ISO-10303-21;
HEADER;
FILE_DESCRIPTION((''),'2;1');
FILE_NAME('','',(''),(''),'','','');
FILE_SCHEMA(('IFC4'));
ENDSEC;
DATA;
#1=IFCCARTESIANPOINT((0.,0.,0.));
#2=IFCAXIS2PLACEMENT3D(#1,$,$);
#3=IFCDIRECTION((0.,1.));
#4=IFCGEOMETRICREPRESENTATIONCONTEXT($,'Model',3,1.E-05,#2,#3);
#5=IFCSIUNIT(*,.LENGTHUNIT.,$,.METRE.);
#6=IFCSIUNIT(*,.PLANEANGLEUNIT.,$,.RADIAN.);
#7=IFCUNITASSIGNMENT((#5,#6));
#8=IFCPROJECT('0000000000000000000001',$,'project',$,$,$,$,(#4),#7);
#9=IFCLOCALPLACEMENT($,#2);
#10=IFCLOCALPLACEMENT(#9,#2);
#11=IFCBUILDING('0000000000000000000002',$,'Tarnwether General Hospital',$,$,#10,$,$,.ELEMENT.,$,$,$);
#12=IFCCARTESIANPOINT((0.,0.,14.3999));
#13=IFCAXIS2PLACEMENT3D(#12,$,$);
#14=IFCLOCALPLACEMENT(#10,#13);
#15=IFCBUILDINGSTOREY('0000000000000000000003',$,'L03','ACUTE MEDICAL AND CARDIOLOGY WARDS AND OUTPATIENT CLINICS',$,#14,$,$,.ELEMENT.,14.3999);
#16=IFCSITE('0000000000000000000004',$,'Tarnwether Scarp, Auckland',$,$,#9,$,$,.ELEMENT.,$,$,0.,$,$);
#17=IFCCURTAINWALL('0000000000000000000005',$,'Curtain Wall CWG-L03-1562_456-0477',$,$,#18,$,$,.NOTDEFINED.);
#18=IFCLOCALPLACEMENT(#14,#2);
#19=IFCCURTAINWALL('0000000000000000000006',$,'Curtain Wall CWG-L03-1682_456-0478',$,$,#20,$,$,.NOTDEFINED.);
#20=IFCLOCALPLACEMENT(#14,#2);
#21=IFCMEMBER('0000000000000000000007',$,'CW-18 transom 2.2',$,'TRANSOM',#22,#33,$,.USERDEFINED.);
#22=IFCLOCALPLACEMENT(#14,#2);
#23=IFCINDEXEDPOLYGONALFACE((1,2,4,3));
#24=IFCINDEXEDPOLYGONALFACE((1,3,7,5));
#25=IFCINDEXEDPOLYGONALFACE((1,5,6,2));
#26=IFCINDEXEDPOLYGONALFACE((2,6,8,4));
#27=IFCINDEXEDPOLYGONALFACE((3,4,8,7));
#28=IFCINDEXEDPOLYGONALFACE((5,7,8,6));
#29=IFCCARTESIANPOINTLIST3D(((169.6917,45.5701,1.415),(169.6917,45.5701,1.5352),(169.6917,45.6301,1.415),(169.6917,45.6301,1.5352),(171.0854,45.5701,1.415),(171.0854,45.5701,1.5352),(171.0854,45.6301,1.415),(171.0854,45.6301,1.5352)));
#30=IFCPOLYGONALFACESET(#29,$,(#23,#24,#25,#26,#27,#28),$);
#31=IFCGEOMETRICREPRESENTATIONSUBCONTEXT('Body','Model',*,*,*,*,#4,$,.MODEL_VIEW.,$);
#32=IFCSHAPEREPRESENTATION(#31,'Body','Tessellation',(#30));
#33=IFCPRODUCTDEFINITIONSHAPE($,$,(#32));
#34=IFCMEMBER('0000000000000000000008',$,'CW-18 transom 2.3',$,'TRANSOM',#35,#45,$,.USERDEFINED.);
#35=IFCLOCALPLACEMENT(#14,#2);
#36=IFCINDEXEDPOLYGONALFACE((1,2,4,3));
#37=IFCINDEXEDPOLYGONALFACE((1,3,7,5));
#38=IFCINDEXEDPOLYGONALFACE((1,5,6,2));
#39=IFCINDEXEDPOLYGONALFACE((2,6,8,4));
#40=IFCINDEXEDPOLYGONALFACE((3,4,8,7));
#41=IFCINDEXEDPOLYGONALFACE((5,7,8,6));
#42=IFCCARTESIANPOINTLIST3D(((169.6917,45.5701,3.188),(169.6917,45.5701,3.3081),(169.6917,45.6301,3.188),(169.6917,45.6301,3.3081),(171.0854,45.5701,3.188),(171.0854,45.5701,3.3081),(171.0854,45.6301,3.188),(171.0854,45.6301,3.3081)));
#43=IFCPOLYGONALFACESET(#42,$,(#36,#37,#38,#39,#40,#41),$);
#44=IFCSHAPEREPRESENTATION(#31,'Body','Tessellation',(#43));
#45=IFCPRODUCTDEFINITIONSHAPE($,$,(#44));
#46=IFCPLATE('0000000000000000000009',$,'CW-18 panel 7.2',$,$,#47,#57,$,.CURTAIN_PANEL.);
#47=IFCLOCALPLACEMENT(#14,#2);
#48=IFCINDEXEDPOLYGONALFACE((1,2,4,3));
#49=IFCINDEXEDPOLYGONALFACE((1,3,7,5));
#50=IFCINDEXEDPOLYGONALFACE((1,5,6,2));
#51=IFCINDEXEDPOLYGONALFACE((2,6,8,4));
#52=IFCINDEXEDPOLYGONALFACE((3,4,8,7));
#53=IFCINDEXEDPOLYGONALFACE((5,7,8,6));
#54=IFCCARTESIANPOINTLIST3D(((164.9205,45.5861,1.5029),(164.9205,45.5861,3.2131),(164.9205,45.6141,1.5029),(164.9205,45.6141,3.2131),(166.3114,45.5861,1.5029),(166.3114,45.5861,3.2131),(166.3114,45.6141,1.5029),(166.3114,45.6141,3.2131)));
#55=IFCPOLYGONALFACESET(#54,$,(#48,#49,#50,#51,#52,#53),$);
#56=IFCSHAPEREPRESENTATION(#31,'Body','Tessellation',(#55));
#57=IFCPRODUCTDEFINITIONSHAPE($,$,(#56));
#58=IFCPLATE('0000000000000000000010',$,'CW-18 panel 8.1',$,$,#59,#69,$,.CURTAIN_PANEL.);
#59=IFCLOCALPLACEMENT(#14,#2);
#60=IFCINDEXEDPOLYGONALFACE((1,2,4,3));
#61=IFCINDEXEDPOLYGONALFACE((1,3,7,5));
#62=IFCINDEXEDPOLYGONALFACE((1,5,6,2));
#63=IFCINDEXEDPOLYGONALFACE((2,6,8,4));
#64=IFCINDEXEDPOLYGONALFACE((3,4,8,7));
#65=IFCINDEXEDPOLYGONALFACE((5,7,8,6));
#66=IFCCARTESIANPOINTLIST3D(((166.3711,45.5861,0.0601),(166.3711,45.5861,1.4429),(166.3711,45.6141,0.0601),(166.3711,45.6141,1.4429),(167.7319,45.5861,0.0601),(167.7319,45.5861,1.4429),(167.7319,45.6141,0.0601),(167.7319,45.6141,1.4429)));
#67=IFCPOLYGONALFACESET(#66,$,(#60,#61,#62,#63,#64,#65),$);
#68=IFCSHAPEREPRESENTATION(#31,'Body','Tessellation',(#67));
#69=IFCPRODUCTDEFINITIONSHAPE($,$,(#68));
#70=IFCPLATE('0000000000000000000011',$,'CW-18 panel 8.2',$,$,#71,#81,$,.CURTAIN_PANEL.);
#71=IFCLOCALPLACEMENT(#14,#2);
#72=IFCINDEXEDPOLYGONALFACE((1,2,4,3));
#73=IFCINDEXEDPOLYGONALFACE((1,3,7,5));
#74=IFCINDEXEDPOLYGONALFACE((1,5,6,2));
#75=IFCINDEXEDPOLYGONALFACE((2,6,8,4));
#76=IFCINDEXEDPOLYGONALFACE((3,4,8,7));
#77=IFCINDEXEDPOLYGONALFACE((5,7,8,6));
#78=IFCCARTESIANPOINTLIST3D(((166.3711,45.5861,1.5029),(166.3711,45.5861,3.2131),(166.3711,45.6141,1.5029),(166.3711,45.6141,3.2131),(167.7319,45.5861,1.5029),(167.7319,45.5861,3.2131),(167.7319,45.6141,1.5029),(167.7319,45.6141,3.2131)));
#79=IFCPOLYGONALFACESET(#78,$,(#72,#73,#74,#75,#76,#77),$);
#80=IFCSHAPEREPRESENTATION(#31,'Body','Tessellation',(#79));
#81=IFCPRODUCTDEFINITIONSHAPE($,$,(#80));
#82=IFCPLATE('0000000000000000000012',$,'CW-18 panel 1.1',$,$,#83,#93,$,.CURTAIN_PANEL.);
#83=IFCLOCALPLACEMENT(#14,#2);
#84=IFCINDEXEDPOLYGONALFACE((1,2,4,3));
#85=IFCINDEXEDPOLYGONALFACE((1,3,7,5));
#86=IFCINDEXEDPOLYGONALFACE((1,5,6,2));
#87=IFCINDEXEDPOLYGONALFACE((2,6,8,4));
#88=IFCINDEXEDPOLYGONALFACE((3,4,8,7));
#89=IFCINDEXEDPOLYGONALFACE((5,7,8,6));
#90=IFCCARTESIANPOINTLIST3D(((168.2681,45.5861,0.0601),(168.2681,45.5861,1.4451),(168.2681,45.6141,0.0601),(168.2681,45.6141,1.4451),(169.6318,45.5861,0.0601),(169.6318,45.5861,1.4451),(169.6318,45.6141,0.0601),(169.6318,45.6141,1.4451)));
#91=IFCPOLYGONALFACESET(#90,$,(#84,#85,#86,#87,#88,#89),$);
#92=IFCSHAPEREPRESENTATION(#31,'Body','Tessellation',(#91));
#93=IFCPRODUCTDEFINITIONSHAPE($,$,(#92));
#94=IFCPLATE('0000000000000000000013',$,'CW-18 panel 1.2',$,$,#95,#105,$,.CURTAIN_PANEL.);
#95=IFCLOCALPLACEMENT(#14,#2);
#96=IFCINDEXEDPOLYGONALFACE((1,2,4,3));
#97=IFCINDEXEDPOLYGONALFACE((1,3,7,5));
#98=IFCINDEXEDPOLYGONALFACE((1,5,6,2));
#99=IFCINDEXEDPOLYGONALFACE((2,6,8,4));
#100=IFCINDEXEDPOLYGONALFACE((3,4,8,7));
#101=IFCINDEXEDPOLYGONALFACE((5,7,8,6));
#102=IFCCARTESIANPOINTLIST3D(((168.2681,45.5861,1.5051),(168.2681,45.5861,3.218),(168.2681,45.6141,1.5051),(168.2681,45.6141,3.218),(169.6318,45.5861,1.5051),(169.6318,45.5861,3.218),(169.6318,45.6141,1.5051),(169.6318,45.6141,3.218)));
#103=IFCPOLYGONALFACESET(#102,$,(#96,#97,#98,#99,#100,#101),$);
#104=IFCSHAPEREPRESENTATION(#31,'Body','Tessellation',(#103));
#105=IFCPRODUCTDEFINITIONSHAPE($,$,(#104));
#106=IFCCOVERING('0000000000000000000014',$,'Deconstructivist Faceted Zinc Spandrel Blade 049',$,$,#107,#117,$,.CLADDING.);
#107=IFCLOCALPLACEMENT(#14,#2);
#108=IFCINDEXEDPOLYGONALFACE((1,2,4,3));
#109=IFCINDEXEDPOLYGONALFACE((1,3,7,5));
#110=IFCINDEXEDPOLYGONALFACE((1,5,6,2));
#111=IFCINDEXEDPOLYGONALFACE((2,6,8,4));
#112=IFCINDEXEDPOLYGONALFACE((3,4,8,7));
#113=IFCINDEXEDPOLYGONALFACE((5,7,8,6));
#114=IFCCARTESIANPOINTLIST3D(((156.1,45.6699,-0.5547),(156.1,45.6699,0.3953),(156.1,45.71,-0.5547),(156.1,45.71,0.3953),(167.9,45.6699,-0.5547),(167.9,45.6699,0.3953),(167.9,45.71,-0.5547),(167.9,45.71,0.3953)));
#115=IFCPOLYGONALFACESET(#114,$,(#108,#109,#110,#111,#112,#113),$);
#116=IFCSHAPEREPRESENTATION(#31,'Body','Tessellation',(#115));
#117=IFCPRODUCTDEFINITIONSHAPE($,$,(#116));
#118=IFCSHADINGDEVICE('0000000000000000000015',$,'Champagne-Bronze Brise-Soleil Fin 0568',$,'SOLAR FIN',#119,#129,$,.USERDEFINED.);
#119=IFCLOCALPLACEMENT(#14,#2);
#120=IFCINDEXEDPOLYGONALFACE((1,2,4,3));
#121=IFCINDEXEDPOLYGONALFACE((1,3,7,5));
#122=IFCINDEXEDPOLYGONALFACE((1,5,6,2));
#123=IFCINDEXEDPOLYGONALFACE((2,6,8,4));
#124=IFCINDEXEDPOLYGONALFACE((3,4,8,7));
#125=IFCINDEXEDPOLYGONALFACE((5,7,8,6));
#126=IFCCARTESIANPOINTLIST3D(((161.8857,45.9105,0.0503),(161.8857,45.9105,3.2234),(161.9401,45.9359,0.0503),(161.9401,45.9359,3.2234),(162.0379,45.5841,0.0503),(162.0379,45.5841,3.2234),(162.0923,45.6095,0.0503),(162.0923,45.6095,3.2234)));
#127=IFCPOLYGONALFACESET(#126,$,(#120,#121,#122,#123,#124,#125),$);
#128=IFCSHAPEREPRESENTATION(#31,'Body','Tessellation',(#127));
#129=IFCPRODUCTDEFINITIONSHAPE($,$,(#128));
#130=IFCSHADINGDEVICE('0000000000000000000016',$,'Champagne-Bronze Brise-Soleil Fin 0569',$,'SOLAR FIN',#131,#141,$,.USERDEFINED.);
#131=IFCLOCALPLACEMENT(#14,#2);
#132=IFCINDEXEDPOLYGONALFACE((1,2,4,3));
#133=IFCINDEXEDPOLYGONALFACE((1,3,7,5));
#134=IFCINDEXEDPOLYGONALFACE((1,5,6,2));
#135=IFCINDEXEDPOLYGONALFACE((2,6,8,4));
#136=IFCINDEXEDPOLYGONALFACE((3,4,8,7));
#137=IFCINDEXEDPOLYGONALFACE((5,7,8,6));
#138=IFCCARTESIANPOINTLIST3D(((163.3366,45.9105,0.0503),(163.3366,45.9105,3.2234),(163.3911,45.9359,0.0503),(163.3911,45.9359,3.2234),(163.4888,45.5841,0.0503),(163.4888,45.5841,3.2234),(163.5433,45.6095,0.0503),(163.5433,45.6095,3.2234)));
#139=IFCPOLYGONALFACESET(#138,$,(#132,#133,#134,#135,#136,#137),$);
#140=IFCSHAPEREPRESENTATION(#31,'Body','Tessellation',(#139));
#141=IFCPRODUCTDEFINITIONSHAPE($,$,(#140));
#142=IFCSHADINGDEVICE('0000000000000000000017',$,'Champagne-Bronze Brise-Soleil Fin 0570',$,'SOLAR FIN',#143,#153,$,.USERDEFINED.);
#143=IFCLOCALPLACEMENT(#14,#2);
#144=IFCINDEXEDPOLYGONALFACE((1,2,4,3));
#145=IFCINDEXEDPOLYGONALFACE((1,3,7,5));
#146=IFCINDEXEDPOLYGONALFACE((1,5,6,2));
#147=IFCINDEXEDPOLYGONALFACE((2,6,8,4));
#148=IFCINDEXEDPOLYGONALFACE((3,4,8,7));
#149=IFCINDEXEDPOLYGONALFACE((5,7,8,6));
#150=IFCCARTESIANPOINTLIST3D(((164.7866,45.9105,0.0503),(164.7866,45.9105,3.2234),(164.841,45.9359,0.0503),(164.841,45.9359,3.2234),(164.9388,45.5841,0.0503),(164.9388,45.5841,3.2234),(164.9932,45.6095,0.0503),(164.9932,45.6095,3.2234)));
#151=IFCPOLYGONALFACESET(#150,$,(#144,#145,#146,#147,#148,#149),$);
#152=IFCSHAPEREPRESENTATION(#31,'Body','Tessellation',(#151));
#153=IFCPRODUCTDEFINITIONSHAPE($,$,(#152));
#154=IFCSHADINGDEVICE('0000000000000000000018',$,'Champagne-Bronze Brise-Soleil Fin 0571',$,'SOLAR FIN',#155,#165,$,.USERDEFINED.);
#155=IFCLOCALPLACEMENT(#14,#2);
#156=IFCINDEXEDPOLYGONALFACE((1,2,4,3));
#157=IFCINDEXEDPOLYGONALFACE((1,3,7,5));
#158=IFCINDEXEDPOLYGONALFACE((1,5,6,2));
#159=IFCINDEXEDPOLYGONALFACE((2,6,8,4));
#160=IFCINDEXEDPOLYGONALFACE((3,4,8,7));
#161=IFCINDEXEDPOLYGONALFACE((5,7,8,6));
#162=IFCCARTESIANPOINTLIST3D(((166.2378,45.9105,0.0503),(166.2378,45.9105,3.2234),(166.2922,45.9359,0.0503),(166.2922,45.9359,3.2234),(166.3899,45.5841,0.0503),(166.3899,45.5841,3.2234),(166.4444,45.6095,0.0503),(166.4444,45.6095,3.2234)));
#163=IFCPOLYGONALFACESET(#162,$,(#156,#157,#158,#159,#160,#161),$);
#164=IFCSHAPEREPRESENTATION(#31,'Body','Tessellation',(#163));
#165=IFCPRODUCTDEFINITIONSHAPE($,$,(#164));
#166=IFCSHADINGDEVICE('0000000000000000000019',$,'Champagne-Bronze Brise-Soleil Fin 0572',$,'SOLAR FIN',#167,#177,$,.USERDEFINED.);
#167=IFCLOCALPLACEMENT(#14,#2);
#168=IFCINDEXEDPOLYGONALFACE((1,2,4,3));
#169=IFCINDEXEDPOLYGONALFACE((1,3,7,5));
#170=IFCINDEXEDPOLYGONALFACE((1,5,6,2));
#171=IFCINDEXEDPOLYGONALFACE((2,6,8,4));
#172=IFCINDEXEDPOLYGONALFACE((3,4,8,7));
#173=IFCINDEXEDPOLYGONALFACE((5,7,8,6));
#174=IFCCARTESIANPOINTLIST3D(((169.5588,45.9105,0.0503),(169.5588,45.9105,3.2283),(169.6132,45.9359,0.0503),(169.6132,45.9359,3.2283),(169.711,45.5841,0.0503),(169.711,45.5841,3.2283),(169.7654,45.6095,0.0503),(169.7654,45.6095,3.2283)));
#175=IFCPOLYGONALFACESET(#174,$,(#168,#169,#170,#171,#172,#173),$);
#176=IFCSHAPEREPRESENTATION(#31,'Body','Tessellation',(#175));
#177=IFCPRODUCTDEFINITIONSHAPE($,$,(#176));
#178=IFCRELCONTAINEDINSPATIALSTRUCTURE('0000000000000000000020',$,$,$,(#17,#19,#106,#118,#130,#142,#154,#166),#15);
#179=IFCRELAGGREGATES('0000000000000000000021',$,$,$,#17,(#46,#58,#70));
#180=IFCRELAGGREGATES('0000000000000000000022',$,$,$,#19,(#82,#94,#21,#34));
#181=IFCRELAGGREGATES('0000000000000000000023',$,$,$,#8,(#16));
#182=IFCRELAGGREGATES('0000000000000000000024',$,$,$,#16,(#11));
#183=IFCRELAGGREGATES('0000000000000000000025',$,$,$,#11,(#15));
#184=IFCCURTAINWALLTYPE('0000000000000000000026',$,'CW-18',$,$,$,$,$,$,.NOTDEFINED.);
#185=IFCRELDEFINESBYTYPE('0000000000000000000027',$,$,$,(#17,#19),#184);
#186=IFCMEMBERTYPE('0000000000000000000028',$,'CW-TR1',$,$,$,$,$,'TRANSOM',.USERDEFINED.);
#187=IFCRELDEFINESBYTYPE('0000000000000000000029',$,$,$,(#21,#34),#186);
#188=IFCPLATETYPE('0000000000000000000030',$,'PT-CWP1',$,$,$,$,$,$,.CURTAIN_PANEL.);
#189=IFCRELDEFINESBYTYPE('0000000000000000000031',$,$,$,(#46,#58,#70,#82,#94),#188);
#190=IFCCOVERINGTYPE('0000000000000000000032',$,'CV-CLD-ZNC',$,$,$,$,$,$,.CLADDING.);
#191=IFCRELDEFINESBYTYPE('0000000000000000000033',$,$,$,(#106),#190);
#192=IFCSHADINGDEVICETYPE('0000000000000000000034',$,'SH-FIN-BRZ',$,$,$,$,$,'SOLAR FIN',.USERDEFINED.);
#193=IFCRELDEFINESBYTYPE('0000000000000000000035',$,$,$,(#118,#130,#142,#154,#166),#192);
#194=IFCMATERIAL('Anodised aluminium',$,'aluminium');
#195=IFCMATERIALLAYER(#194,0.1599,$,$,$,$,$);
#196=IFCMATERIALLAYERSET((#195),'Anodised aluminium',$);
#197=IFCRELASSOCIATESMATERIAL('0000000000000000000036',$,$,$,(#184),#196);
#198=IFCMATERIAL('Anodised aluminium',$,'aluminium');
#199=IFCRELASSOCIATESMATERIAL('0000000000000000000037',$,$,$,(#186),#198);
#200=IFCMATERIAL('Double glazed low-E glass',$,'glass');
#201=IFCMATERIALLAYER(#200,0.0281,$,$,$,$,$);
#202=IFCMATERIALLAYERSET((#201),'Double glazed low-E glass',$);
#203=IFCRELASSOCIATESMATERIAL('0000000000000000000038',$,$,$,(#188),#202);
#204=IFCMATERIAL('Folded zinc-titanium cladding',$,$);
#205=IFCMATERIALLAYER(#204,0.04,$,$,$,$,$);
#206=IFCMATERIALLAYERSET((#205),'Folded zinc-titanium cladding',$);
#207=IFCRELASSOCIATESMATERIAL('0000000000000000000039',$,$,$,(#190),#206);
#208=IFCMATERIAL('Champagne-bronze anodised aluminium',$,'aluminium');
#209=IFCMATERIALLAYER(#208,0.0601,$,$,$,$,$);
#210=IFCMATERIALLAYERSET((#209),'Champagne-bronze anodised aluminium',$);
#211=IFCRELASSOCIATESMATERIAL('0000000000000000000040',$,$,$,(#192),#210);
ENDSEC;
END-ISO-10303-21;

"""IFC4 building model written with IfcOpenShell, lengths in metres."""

from ifc_helpers import new_model, si_unit, direction, frame, origin, origin_2d, place, context, subcontext, project, spatial, rectangle, extrude, material, layer, layer_set, material_profile, profile_set, type_object, element, aggregate, save


model = new_model("IFC4")

# Units and contexts
model_context = context("Model", 3, precision=1e-05, world=origin(), true_north=direction((0.0, 1.0)))
body_context = subcontext(model_context, "Body", "Model", "MODEL_VIEW")
ifc_project = project(units=[si_unit("LENGTHUNIT", "METRE"), si_unit("PLANEANGLEUNIT", "RADIAN")], contexts=[model_context])

# Site, building, storey
site_placement = place(None, origin())
site = spatial("IfcSite", under=ifc_project, at=site_placement, Name="Tarnwether Scarp, Auckland", CompositionType="ELEMENT", RefElevation=0.0)
building_placement = place(site_placement, origin())
building = spatial("IfcBuilding", under=site, at=building_placement, Name="Tarnwether General Hospital", CompositionType="ELEMENT")
storey_placement = place(building_placement, frame((0.0, 0.0, 14.3999)))
storey = spatial("IfcBuildingStorey", under=building, at=storey_placement, Name="L03", Description="ACUTE MEDICAL AND CARDIOLOGY WARDS AND OUTPATIENT CLINICS", CompositionType="ELEMENT", Elevation=14.3999)

# Curtain walls
ifc_material_1 = material(Name="Anodised aluminium", Category="aluminium")
ifc_layer_1 = layer(ifc_material_1, 0.1599)
ifc_layer_set_1 = layer_set([ifc_layer_1], Name="Anodised aluminium")
curtain_wall_type = type_object("IfcCurtainWallType", Name="CW-18", PredefinedType="NOTDEFINED", material=ifc_layer_set_1)
curtain_wall_1_placement = place(storey_placement, origin())
curtain_wall_1 = element("IfcCurtainWall", 1, at=curtain_wall_1_placement, inside=storey, type_object=curtain_wall_type, Name="Curtain Wall CWG-L03-1562_456-0477", PredefinedType="NOTDEFINED")
curtain_wall_2_placement = place(storey_placement, origin())
curtain_wall_2 = element("IfcCurtainWall", 2, at=curtain_wall_2_placement, inside=storey, type_object=curtain_wall_type, Name="Curtain Wall CWG-L03-1682_456-0478", PredefinedType="NOTDEFINED")

# Members
ifc_material_2 = material(Name="Anodised aluminium", Category="aluminium")
ifc_material_profile_1 = material_profile(ifc_material_2, rectangle(XDim=0.0601, YDim=0.1201, at=origin_2d()), Name="ALU-TRN-60x120")
ifc_profile_set_1 = profile_set([ifc_material_profile_1], Name="Anodised aluminium")
member_type_1 = type_object("IfcMemberType", Name="CW-TR1", ElementType="TRANSOM", PredefinedType="USERDEFINED", material=ifc_profile_set_1)
member_1_placement = place(storey_placement, frame((169.6917, 45.6001, 1.4751), z_axis=(1.0, 0.0, 0.0), x_axis=(0.0, 1.0, 0.0)))
member_1 = element("IfcMember", 3, at=member_1_placement, type_object=member_type_1, Name="CW-18 transom 2.2", ObjectType="TRANSOM", PredefinedType="USERDEFINED", context=body_context, shape_type="SweptSolid", body=[
    extrude(rectangle(XDim=0.0601, YDim=0.1201, at=origin_2d()), origin(), (0.0, 0.0, 1.0), 1.3938),
])
member_2_placement = place(storey_placement, frame((169.6917, 45.6001, 3.248), z_axis=(1.0, 0.0, 0.0), x_axis=(0.0, 1.0, 0.0)))
member_2 = element("IfcMember", 4, at=member_2_placement, type_object=member_type_1, Name="CW-18 transom 2.3", ObjectType="TRANSOM", PredefinedType="USERDEFINED", context=body_context, shape_type="SweptSolid", body=[
    extrude(rectangle(XDim=0.0601, YDim=0.1201, at=origin_2d()), origin(), (0.0, 0.0, 1.0), 1.3938),
])

# Plates
ifc_material_3 = material(Name="Double glazed low-E glass", Category="glass")
ifc_layer_2 = layer(ifc_material_3, 0.0281)
ifc_layer_set_2 = layer_set([ifc_layer_2], Name="Double glazed low-E glass")
plate_type = type_object("IfcPlateType", Name="PT-CWP1", PredefinedType="CURTAIN_PANEL", material=ifc_layer_set_2)
plate_1_placement = place(storey_placement, frame((165.616, 45.6001, 1.5029), z_axis=(0.0, 0.0, 1.0), x_axis=(1.0, 0.0, 0.0)))
plate_1 = element("IfcPlate", 5, at=plate_1_placement, type_object=plate_type, Name="CW-18 panel 7.2", PredefinedType="CURTAIN_PANEL", context=body_context, shape_type="SweptSolid", body=[
    extrude(rectangle(XDim=1.3909, YDim=0.0281, at=origin_2d()), origin(), (0.0, 0.0, 1.0), 1.7102),
])
plate_2_placement = place(storey_placement, frame((167.0515, 45.6001, 0.0601), z_axis=(0.0, 0.0, 1.0), x_axis=(1.0, 0.0, 0.0)))
plate_2 = element("IfcPlate", 6, at=plate_2_placement, type_object=plate_type, Name="CW-18 panel 8.1", PredefinedType="CURTAIN_PANEL", context=body_context, shape_type="SweptSolid", body=[
    extrude(rectangle(XDim=1.3608, YDim=0.0281, at=origin_2d()), origin(), (0.0, 0.0, 1.0), 1.3828),
])
plate_3_placement = place(storey_placement, frame((167.0515, 45.6001, 1.5029), z_axis=(0.0, 0.0, 1.0), x_axis=(1.0, 0.0, 0.0)))
plate_3 = element("IfcPlate", 7, at=plate_3_placement, type_object=plate_type, Name="CW-18 panel 8.2", PredefinedType="CURTAIN_PANEL", context=body_context, shape_type="SweptSolid", body=[
    extrude(rectangle(XDim=1.3608, YDim=0.0281, at=origin_2d()), origin(), (0.0, 0.0, 1.0), 1.7102),
])
aggregate(curtain_wall_1, [plate_1, plate_2, plate_3])
plate_4_placement = place(storey_placement, frame((168.95, 45.6001, 0.0601), z_axis=(0.0, 0.0, 1.0), x_axis=(1.0, 0.0, 0.0)))
plate_4 = element("IfcPlate", 8, at=plate_4_placement, type_object=plate_type, Name="CW-18 panel 1.1", PredefinedType="CURTAIN_PANEL", context=body_context, shape_type="SweptSolid", body=[
    extrude(rectangle(XDim=1.3638, YDim=0.0281, at=origin_2d()), origin(), (0.0, 0.0, 1.0), 1.385),
])
plate_5_placement = place(storey_placement, frame((168.95, 45.6001, 1.5051), z_axis=(0.0, 0.0, 1.0), x_axis=(1.0, 0.0, 0.0)))
plate_5 = element("IfcPlate", 9, at=plate_5_placement, type_object=plate_type, Name="CW-18 panel 1.2", PredefinedType="CURTAIN_PANEL", context=body_context, shape_type="SweptSolid", body=[
    extrude(rectangle(XDim=1.3638, YDim=0.0281, at=origin_2d()), origin(), (0.0, 0.0, 1.0), 1.7129),
])
aggregate(curtain_wall_2, [plate_4, plate_5, member_1, member_2])

# Covering
ifc_material_4 = material(Name="Folded zinc-titanium cladding")
ifc_layer_3 = layer(ifc_material_4, 0.04)
ifc_layer_set_3 = layer_set([ifc_layer_3], Name="Folded zinc-titanium cladding")
covering_type = type_object("IfcCoveringType", Name="CV-CLD-ZNC", PredefinedType="CLADDING", material=ifc_layer_set_3)
covering_placement = place(storey_placement, frame((162.0, 45.6899, -0.5547), z_axis=(0.0, 0.0, 1.0), x_axis=(1.0, 0.0, 0.0)))
element("IfcCovering", 10, at=covering_placement, inside=storey, type_object=covering_type, Name="Deconstructivist Faceted Zinc Spandrel Blade 049", PredefinedType="CLADDING", context=body_context, shape_type="SweptSolid", body=[
    extrude(rectangle(XDim=11.8, YDim=0.04, at=origin_2d()), origin(), (0.0, 0.0, 1.0), 0.95),
])

# Shading devices
ifc_material_5 = material(Name="Champagne-bronze anodised aluminium", Category="aluminium")
ifc_layer_4 = layer(ifc_material_5, 0.0601)
ifc_layer_set_4 = layer_set([ifc_layer_4], Name="Champagne-bronze anodised aluminium")
shading_device_type = type_object("IfcShadingDeviceType", Name="SH-FIN-BRZ", ElementType="SOLAR FIN", PredefinedType="USERDEFINED", material=ifc_layer_set_4)
for number, where, z_axis, x_axis, name in (
    (11, (161.989, 45.76, 0.0503), (0.0, 0.0, 1.0), (0.906308, 0.422618, 0.0), "Champagne-Bronze Brise-Soleil Fin 0568"),
    (12, (163.4399, 45.76, 0.0503), (0.0, 0.0, 1.0), (0.906308, 0.422618, 0.0), "Champagne-Bronze Brise-Soleil Fin 0569"),
    (13, (164.8899, 45.76, 0.0503), (0.0, 0.0, 1.0), (0.906308, 0.422618, 0.0), "Champagne-Bronze Brise-Soleil Fin 0570"),
    (14, (166.3411, 45.76, 0.0503), (0.0, 0.0, 1.0), (0.906308, 0.422618, 0.0), "Champagne-Bronze Brise-Soleil Fin 0571"),
):
    element("IfcShadingDevice", number, at=place(storey_placement, frame(where, z_axis=z_axis, x_axis=x_axis)), inside=storey, type_object=shading_device_type, Name=name, ObjectType="SOLAR FIN", PredefinedType="USERDEFINED", context=body_context, shape_type="SweptSolid", body=[
        extrude(rectangle(XDim=0.0601, YDim=0.3601, at=origin_2d()), origin(), (0.0, 0.0, 1.0), 3.1731),
    ])
shading_device_placement = place(storey_placement, frame((169.6621, 45.76, 0.0503), z_axis=(0.0, 0.0, 1.0), x_axis=(0.906308, 0.422618, 0.0)))
element("IfcShadingDevice", 15, at=shading_device_placement, inside=storey, type_object=shading_device_type, Name="Champagne-Bronze Brise-Soleil Fin 0572", ObjectType="SOLAR FIN", PredefinedType="USERDEFINED", context=body_context, shape_type="SweptSolid", body=[
    extrude(rectangle(XDim=0.0601, YDim=0.3601, at=origin_2d()), origin(), (0.0, 0.0, 1.0), 3.178),
])

save(model, "model.ifc")
